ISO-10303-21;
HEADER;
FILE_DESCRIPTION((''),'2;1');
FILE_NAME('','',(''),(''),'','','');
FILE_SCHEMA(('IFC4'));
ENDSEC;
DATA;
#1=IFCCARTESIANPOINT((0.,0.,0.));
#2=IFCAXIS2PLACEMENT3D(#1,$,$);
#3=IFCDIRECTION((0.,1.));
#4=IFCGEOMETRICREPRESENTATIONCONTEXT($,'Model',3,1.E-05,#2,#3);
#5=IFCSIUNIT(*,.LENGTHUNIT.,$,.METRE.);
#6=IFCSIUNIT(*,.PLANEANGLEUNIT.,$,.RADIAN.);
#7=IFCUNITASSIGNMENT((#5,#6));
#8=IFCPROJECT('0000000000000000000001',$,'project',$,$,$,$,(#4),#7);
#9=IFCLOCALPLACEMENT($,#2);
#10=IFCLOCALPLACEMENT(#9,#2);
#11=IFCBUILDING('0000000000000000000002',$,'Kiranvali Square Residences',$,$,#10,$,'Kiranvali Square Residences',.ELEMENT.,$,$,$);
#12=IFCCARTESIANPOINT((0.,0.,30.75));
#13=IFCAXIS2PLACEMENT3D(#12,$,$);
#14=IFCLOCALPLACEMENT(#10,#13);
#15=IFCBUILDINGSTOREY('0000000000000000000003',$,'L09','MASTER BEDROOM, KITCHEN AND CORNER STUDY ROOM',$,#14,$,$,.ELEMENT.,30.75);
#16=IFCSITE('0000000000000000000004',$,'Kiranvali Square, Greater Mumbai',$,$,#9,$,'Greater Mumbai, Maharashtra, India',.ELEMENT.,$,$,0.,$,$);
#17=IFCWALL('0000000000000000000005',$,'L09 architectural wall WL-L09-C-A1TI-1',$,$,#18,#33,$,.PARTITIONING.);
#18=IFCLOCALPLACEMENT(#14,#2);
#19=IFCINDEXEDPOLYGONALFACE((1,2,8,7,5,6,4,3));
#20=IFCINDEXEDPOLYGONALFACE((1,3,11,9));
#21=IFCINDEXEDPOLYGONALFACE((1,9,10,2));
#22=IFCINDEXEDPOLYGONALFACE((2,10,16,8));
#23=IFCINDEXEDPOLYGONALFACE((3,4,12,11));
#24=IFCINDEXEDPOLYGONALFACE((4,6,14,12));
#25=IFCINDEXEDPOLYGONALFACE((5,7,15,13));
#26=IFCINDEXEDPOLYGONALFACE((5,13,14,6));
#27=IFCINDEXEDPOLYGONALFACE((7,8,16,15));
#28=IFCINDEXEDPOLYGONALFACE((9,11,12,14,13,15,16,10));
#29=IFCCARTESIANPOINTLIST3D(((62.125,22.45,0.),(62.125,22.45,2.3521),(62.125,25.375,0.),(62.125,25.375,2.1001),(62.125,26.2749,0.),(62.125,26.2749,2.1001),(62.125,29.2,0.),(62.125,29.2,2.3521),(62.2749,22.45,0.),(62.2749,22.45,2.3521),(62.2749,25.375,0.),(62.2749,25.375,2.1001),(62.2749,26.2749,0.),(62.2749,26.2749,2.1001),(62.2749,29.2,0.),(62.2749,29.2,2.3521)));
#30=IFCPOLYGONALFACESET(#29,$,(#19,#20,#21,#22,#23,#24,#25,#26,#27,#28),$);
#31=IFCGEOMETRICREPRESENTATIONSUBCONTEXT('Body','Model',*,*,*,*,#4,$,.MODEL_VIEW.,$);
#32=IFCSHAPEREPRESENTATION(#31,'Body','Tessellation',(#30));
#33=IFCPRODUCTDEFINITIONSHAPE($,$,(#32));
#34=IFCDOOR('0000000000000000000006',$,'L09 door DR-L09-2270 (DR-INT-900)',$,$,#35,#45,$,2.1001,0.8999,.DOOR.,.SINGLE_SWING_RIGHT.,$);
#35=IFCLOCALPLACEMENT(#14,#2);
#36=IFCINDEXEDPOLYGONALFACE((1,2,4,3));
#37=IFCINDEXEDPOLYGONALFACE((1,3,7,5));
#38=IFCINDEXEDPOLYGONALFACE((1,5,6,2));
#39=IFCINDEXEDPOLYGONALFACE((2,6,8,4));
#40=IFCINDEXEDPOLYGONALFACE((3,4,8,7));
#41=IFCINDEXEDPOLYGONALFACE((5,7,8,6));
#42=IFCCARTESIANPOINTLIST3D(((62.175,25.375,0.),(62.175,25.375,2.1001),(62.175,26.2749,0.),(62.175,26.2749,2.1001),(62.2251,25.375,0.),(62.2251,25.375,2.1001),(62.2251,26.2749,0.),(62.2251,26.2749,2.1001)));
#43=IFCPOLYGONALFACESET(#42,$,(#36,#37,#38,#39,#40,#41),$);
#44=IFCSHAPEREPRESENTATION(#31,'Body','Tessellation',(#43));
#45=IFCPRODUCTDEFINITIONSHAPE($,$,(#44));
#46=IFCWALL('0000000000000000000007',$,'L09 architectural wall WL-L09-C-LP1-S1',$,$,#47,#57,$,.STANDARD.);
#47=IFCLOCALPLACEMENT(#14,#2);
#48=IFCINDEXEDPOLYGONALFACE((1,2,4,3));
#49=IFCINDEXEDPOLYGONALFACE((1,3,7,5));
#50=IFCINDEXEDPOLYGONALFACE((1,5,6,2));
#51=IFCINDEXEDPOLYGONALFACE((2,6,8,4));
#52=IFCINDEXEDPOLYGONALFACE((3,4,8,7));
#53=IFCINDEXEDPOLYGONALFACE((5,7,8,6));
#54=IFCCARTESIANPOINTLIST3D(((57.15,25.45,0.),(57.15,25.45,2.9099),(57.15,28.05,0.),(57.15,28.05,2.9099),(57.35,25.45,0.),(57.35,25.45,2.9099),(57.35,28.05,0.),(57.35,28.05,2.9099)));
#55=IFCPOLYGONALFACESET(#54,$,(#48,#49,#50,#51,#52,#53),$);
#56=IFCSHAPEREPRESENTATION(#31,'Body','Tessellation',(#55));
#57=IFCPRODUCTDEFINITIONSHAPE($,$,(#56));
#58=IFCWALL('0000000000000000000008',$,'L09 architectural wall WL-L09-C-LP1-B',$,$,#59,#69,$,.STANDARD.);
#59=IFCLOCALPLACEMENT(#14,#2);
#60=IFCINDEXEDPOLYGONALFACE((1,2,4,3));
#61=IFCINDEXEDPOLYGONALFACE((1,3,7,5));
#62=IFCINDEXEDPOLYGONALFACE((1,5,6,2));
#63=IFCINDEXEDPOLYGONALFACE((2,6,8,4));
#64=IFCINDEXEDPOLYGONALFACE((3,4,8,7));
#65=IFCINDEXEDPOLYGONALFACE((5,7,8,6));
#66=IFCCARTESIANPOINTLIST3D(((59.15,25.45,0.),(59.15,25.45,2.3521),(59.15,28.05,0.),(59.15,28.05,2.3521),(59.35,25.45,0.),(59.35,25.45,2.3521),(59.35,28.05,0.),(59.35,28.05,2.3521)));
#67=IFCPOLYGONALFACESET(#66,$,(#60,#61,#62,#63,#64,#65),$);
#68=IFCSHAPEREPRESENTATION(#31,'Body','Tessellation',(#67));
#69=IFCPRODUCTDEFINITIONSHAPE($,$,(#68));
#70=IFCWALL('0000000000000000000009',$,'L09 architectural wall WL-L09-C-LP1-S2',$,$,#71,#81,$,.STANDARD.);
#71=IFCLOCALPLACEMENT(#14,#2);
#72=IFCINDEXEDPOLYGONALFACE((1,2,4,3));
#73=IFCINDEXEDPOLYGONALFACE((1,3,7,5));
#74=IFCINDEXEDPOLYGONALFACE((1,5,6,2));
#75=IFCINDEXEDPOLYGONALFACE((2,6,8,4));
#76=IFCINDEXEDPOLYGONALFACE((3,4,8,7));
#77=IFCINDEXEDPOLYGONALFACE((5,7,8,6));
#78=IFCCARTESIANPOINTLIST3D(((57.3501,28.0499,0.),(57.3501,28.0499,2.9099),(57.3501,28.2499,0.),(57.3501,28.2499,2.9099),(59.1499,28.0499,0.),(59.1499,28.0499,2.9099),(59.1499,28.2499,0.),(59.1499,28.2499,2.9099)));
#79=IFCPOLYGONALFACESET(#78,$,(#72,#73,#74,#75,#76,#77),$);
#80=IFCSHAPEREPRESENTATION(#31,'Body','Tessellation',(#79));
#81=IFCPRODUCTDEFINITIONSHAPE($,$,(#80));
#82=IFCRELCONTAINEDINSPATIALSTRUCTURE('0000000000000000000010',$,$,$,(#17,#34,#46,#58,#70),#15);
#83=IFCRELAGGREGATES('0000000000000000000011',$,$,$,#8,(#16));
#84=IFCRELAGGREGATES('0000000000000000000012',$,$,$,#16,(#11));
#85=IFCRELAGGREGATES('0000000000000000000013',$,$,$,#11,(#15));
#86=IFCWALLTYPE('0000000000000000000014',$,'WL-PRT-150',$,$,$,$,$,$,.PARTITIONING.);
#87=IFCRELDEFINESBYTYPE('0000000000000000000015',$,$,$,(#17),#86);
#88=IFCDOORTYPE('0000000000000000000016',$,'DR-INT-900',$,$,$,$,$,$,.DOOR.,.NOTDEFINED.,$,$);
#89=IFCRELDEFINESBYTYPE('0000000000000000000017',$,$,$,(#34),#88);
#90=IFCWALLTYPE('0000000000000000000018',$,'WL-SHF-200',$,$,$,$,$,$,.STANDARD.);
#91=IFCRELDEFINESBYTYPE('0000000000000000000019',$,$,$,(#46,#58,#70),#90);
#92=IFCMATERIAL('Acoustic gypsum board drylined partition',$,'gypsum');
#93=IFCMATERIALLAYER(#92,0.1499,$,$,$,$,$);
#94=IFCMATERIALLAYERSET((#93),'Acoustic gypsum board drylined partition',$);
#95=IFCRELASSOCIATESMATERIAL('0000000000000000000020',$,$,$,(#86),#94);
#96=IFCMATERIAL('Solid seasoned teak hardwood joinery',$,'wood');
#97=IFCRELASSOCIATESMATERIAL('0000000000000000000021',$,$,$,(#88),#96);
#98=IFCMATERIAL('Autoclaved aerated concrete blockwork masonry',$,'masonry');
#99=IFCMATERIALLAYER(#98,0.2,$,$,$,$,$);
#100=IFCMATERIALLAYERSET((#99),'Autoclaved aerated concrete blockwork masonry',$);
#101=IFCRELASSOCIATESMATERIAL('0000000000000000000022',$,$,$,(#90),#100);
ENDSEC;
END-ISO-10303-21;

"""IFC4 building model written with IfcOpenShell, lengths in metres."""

from ifc_helpers import new_model, si_unit, direction, frame, frame_2d, origin, place, context, subcontext, project, spatial, rectangle, extrude, material, layer, layer_set, type_object, element, fill, save


model = new_model("IFC4")

# Units and contexts
model_context = context("Model", 3, precision=1e-05, world=origin(), true_north=direction((0.0, 1.0)))
body_context = subcontext(model_context, "Body", "Model", "MODEL_VIEW")
ifc_project = project(units=[si_unit("LENGTHUNIT", "METRE"), si_unit("PLANEANGLEUNIT", "RADIAN")], contexts=[model_context])

# Site, building, storey
site_placement = place(None, origin())
site = spatial("IfcSite", under=ifc_project, at=site_placement, Name="Kiranvali Square, Greater Mumbai", LongName="Greater Mumbai, Maharashtra, India", CompositionType="ELEMENT", RefElevation=0.0)
building_placement = place(site_placement, origin())
building = spatial("IfcBuilding", under=site, at=building_placement, Name="Kiranvali Square Residences", LongName="Kiranvali Square Residences", CompositionType="ELEMENT")
storey_placement = place(building_placement, frame((0.0, 0.0, 30.75)))
storey = spatial("IfcBuildingStorey", under=building, at=storey_placement, Name="L09", Description="MASTER BEDROOM, KITCHEN AND CORNER STUDY ROOM", CompositionType="ELEMENT", Elevation=30.75)

# Shared definitions
ifc_material_1 = material(Name="Autoclaved aerated concrete blockwork masonry", Category="masonry")

# Wall, opening, door
ifc_material_2 = material(Name="Acoustic gypsum board drylined partition", Category="gypsum")
ifc_layer_1 = layer(ifc_material_2, 0.1499)
ifc_layer_set_1 = layer_set([ifc_layer_1], Name="Acoustic gypsum board drylined partition")
wall_type_1 = type_object("IfcWallType", Name="WL-PRT-150", PredefinedType="PARTITIONING", material=ifc_layer_set_1)
wall_1_placement = place(storey_placement, frame((62.2, 29.2, 0.0), z_axis=(0.0, 0.0, 1.0), x_axis=(0.0, -1.0, 0.0)))
wall_1 = element("IfcWall", 1, at=wall_1_placement, inside=storey, type_object=wall_type_1, Name="L09 architectural wall WL-L09-C-A1TI-1", PredefinedType="PARTITIONING", context=body_context, shape_type="SweptSolid", body=[
    extrude(rectangle(XDim=6.75, YDim=0.1499, at=frame_2d((3.375, 0.0))), origin(), (0.0, 0.0, 1.0), 2.3521),
])
opening_1_placement = place(wall_1_placement, frame((2.925, 0.0, 0.0)))
opening_1 = element("IfcOpeningElement", 2, at=opening_1_placement, cuts=wall_1, PredefinedType="OPENING", context=body_context, shape_type="SweptSolid", body=[
    extrude(rectangle(XDim=0.8999, YDim=2.1001, at=frame_2d((0.45, 1.05))), frame((0.0, 0.085, 0.0), z_axis=(0.0, -1.0, 0.0), x_axis=(1.0, 0.0, 0.0)), (0.0, 0.0, 1.0), 0.1699),
])
ifc_material_3 = material(Name="Solid seasoned teak hardwood joinery", Category="wood")
door_type_1 = type_object("IfcDoorType", Name="DR-INT-900", OperationType="NOTDEFINED", PredefinedType="DOOR", material=ifc_material_3)
door_1_placement = place(opening_1_placement, frame((0.8999, 0.0, 0.0), z_axis=(0.0, 0.0, 1.0), x_axis=(-1.0, 0.0, 0.0)))
door_1 = element("IfcDoor", 3, at=door_1_placement, inside=storey, type_object=door_type_1, Name="L09 door DR-L09-2270 (DR-INT-900)", OperationType="SINGLE_SWING_RIGHT", OverallHeight=2.1001, OverallWidth=0.8999, PredefinedType="DOOR", context=body_context, shape_type="SweptSolid", body=[
    extrude(rectangle(XDim=0.8999, YDim=2.1001, at=frame_2d((0.45, 1.05))), frame((0.0, 0.0249, 0.0), z_axis=(0.0, -1.0, 0.0), x_axis=(1.0, 0.0, 0.0)), (0.0, 0.0, 1.0), 0.05),
])
fill(opening_1, door_1)

# Walls
ifc_layer_2 = layer(ifc_material_1, 0.2)
ifc_layer_set_2 = layer_set([ifc_layer_2], Name="Autoclaved aerated concrete blockwork masonry")
wall_type_2 = type_object("IfcWallType", Name="WL-SHF-200", PredefinedType="STANDARD", material=ifc_layer_set_2)
wall_2_placement = place(storey_placement, frame((57.25, 28.05, 0.0), z_axis=(0.0, 0.0, 1.0), x_axis=(0.0, -1.0, 0.0)))
element("IfcWall", 4, at=wall_2_placement, inside=storey, type_object=wall_type_2, Name="L09 architectural wall WL-L09-C-LP1-S1", PredefinedType="STANDARD", context=body_context, shape_type="SweptSolid", body=[
    extrude(rectangle(XDim=2.6001, YDim=0.2, at=frame_2d((1.3, 0.0))), origin(), (0.0, 0.0, 1.0), 2.9099),
])
wall_3_placement = place(storey_placement, frame((59.25, 28.05, 0.0), z_axis=(0.0, 0.0, 1.0), x_axis=(0.0, -1.0, 0.0)))
element("IfcWall", 5, at=wall_3_placement, inside=storey, type_object=wall_type_2, Name="L09 architectural wall WL-L09-C-LP1-B", PredefinedType="STANDARD", context=body_context, shape_type="SweptSolid", body=[
    extrude(rectangle(XDim=2.6001, YDim=0.2, at=frame_2d((1.3, 0.0))), origin(), (0.0, 0.0, 1.0), 2.3521),
])
wall_4_placement = place(storey_placement, frame((57.3501, 28.1499, 0.0), z_axis=(0.0, 0.0, 1.0), x_axis=(1.0, 0.0, 0.0)))
element("IfcWall", 6, at=wall_4_placement, inside=storey, type_object=wall_type_2, Name="L09 architectural wall WL-L09-C-LP1-S2", PredefinedType="STANDARD", context=body_context, shape_type="SweptSolid", body=[
    extrude(rectangle(XDim=1.7998, YDim=0.2, at=frame_2d((0.8999, 0.0))), origin(), (0.0, 0.0, 1.0), 2.9099),
])

save(model, "model.ifc")
